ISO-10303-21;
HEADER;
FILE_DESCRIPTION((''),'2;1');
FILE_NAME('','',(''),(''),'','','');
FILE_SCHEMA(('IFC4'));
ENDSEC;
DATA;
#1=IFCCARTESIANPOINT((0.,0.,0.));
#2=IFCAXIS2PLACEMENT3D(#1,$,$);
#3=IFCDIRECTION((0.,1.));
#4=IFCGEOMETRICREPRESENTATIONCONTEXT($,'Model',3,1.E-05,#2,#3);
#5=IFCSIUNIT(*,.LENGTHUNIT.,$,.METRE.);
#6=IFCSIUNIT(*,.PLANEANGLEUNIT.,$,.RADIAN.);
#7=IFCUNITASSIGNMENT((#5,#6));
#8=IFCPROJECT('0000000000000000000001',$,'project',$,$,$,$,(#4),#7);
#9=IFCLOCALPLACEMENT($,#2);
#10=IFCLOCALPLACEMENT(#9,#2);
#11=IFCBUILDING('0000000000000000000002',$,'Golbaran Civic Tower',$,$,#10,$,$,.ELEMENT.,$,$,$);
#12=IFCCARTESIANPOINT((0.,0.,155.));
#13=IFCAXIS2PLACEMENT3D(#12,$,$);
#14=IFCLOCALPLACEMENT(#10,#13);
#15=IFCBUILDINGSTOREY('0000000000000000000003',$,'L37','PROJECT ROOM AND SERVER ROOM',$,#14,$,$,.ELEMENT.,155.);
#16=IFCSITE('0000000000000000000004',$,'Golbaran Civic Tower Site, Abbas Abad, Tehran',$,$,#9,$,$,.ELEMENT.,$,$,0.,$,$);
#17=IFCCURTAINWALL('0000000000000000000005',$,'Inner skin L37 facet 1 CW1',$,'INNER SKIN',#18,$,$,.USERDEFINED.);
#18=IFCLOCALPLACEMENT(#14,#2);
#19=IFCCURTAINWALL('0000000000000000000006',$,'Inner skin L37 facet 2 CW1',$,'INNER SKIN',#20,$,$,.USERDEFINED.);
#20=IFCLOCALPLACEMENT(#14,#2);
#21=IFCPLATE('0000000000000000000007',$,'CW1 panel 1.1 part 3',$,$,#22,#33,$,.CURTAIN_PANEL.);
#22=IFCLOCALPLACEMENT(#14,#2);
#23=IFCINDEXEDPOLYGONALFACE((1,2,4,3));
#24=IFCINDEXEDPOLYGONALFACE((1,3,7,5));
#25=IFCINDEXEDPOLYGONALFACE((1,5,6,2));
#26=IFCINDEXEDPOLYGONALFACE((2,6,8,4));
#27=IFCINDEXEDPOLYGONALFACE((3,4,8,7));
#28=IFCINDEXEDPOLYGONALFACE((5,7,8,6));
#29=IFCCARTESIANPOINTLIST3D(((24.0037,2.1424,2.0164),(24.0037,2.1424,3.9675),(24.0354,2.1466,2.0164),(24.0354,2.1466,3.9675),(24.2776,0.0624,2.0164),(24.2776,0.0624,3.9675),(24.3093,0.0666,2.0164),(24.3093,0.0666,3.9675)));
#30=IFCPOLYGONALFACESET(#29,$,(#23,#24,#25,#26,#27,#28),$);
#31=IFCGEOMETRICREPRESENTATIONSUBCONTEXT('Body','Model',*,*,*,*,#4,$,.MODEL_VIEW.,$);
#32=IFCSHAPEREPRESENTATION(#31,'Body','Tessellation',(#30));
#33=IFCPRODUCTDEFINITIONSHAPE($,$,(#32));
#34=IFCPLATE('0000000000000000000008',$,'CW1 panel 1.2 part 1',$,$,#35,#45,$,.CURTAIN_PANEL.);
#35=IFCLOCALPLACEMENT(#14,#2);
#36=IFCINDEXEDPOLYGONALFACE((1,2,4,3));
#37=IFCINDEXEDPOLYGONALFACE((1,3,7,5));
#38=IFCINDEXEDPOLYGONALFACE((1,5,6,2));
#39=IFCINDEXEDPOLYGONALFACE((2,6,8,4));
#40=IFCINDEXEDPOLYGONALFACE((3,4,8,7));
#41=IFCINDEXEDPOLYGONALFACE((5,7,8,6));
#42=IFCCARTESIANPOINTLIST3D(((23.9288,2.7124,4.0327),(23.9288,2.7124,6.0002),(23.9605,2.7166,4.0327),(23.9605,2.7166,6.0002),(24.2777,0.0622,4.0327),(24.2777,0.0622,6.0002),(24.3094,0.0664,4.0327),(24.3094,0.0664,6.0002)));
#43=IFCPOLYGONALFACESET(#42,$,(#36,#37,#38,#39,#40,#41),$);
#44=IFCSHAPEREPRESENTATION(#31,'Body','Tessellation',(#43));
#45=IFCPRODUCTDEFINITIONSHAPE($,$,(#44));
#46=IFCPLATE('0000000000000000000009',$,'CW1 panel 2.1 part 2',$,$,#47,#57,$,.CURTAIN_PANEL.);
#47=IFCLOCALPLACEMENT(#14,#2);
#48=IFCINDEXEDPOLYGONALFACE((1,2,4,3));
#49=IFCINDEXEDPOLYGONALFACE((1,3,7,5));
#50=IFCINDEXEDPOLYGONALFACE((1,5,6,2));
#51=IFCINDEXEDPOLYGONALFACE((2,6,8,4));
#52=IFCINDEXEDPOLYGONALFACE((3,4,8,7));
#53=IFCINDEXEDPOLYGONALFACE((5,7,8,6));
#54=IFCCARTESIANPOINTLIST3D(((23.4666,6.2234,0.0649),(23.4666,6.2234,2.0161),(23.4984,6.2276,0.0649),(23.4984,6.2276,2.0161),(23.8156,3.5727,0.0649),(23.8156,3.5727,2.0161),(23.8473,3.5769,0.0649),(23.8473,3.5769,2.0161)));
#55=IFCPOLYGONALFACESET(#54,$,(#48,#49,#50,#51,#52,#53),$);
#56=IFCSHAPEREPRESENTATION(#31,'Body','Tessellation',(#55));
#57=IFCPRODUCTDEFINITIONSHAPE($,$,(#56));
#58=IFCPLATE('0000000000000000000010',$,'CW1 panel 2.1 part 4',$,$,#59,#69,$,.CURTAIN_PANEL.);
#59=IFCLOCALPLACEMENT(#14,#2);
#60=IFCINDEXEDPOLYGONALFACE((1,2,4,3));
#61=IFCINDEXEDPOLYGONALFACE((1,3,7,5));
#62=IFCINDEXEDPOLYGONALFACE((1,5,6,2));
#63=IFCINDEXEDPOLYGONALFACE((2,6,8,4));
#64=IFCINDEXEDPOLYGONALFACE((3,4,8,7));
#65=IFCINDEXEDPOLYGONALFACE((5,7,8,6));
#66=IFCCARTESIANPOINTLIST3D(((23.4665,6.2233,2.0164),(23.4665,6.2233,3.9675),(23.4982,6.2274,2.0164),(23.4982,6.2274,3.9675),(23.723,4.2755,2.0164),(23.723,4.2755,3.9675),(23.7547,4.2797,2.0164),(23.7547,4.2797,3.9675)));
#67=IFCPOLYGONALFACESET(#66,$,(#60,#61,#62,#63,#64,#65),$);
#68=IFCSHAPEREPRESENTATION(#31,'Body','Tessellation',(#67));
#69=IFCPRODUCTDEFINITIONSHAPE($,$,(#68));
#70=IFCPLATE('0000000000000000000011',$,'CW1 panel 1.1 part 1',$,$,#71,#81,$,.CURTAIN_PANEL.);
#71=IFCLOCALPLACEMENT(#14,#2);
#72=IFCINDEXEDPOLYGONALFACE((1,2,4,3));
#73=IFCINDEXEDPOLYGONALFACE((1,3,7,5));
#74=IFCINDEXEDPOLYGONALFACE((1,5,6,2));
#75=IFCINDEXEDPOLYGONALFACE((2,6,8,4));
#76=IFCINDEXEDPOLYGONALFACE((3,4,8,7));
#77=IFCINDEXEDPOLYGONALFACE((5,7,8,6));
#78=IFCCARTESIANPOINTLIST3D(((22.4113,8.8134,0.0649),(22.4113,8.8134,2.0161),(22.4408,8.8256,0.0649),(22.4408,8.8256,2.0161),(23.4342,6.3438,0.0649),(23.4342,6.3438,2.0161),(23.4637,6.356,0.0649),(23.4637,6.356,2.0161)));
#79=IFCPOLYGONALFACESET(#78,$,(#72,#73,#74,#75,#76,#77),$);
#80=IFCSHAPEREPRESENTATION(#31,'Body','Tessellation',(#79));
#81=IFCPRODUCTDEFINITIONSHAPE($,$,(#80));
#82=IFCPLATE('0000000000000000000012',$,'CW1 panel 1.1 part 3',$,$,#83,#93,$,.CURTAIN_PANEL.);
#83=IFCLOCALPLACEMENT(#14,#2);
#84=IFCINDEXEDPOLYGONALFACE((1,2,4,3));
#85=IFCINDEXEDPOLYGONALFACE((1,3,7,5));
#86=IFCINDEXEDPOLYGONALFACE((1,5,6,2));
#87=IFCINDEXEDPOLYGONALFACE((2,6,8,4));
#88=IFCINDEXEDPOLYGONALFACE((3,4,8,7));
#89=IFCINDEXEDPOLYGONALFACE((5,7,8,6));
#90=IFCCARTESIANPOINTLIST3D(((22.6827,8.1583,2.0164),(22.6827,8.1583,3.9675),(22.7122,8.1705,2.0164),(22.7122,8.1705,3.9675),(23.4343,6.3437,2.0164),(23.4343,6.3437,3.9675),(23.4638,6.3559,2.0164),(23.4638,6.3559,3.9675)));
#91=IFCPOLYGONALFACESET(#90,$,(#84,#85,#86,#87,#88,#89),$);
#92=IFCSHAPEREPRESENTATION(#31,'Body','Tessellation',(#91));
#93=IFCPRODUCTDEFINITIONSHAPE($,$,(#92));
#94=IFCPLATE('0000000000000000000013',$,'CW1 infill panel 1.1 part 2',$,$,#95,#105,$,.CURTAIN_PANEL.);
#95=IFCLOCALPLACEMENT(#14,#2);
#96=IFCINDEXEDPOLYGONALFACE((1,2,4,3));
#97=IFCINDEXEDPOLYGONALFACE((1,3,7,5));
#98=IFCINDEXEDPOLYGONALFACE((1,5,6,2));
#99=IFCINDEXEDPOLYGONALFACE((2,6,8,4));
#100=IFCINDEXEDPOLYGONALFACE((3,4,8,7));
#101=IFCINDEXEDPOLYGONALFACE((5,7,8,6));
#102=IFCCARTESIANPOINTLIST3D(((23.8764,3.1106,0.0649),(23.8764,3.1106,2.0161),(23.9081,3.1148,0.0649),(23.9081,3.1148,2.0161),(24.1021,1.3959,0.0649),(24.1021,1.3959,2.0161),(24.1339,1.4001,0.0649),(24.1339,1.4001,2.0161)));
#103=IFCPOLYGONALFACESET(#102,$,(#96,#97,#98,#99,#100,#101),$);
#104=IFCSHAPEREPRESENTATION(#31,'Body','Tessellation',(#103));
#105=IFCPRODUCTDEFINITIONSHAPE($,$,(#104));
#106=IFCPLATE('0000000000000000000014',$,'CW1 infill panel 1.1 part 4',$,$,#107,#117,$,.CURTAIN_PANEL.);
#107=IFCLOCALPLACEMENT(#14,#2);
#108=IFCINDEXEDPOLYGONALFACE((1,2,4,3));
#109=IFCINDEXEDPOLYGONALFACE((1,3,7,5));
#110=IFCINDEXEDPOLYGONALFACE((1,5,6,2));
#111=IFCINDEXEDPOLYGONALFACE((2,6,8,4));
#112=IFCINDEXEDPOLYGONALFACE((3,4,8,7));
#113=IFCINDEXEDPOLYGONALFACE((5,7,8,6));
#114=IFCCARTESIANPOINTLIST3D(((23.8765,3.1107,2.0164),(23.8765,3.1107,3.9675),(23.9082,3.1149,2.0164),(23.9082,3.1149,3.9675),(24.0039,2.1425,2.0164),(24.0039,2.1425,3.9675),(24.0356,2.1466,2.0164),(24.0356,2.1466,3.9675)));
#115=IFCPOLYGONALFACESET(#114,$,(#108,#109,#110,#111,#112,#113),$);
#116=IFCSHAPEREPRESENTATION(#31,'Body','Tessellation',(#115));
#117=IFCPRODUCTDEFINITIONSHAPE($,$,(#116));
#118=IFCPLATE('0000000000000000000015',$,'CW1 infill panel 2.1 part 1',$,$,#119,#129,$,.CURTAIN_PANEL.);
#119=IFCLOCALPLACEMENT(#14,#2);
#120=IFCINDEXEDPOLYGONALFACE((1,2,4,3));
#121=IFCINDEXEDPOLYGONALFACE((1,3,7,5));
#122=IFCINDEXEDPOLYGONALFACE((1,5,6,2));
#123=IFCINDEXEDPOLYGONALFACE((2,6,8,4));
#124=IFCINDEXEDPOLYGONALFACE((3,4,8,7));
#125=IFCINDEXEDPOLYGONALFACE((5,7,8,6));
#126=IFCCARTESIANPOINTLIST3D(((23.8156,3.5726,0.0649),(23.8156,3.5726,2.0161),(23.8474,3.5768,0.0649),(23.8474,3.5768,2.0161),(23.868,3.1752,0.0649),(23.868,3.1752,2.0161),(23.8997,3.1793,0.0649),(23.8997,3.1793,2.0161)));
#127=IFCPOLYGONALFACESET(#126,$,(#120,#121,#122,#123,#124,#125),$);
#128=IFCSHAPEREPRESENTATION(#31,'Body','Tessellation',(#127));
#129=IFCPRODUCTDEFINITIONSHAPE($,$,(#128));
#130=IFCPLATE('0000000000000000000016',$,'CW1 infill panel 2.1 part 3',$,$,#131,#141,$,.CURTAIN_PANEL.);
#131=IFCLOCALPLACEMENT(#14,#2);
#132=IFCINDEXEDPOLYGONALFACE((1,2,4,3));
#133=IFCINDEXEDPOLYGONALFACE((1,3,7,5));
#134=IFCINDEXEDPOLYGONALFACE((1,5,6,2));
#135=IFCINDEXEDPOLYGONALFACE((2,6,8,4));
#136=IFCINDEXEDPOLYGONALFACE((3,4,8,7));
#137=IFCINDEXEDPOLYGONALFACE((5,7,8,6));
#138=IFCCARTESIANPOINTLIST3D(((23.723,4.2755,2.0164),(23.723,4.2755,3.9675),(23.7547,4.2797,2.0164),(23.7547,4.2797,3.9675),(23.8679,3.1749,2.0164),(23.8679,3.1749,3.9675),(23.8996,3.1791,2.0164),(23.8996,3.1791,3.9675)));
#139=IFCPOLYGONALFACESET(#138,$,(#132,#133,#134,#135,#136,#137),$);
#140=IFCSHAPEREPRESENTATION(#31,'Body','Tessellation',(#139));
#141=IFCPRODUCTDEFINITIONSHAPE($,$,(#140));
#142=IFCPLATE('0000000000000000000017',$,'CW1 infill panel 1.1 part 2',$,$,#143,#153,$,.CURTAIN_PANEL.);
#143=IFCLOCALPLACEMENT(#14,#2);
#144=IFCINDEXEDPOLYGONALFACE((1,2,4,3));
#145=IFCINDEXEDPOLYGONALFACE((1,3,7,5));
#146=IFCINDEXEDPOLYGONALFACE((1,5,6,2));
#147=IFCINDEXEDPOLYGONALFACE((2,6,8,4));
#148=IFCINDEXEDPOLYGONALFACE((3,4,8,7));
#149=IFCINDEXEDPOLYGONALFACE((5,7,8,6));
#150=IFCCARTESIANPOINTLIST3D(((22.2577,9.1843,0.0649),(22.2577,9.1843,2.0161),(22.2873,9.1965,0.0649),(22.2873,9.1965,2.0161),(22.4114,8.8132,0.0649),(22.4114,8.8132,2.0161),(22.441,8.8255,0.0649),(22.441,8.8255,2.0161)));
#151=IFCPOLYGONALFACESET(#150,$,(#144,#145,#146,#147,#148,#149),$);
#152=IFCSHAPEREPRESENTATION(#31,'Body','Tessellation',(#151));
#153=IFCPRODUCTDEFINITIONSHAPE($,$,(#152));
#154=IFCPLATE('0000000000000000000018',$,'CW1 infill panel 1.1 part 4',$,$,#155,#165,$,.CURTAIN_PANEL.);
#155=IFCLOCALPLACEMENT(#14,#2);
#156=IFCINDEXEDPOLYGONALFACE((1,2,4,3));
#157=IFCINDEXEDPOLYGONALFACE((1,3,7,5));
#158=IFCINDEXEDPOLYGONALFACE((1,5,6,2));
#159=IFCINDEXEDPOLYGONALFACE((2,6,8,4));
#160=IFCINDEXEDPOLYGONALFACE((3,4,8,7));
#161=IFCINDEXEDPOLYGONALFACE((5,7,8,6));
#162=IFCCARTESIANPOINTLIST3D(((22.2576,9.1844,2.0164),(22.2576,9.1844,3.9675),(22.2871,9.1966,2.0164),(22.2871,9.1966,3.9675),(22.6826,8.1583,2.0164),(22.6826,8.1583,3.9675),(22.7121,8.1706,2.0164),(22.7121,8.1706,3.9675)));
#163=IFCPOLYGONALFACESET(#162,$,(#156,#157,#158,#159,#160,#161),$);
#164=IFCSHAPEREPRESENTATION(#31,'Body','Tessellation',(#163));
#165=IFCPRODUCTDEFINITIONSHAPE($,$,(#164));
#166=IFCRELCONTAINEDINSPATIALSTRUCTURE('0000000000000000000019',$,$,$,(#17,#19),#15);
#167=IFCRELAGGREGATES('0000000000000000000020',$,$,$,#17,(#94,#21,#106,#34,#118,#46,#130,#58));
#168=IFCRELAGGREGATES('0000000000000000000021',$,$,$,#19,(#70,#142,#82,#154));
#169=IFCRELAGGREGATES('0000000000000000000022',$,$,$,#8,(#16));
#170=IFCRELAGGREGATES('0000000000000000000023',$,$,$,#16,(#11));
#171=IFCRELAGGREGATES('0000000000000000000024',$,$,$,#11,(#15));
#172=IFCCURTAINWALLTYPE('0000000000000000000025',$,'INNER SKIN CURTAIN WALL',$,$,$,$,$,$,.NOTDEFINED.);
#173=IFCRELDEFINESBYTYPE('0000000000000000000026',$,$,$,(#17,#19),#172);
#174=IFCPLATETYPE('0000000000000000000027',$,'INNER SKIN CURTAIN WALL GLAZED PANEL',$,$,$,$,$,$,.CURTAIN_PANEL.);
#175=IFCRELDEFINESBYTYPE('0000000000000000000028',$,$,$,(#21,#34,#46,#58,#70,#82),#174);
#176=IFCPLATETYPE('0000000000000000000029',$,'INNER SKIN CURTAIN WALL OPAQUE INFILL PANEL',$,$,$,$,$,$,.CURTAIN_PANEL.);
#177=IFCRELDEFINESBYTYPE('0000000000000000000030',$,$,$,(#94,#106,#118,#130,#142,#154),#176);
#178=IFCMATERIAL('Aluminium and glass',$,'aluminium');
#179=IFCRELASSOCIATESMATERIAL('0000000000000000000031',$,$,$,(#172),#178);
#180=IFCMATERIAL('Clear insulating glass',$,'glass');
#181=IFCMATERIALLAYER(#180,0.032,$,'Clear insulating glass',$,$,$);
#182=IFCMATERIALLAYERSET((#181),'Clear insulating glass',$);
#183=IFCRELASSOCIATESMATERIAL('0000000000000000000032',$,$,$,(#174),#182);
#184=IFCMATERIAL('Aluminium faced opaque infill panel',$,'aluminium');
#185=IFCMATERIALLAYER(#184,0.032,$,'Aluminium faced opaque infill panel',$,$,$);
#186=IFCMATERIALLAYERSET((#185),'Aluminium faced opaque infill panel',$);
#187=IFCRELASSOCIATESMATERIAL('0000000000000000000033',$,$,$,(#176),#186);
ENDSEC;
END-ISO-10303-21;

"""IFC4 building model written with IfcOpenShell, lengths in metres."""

from ifc_helpers import new_model, si_unit, direction, frame, origin, origin_2d, place, context, subcontext, project, spatial, rectangle, extrude, material, layer, layer_set, type_object, element, aggregate, save


model = new_model("IFC4")

# Units and contexts
model_context = context("Model", 3, precision=1e-05, world=origin(), true_north=direction((0.0, 1.0)))
body_context = subcontext(model_context, "Body", "Model", "MODEL_VIEW")
ifc_project = project(units=[si_unit("LENGTHUNIT", "METRE"), si_unit("PLANEANGLEUNIT", "RADIAN")], contexts=[model_context])

# Site, building, storey
site_placement = place(None, origin())
site = spatial("IfcSite", under=ifc_project, at=site_placement, Name="Golbaran Civic Tower Site, Abbas Abad, Tehran", CompositionType="ELEMENT", RefElevation=0.0)
building_placement = place(site_placement, origin())
building = spatial("IfcBuilding", under=site, at=building_placement, Name="Golbaran Civic Tower", CompositionType="ELEMENT")
storey_placement = place(building_placement, frame((0.0, 0.0, 155.0)))
storey = spatial("IfcBuildingStorey", under=building, at=storey_placement, Name="L37", Description="PROJECT ROOM AND SERVER ROOM", CompositionType="ELEMENT", Elevation=155.0)

# Curtain walls
ifc_material_1 = material(Name="Aluminium and glass", Category="aluminium")
curtain_wall_type = type_object("IfcCurtainWallType", Name="INNER SKIN CURTAIN WALL", PredefinedType="NOTDEFINED", material=ifc_material_1)
curtain_wall_1_placement = place(storey_placement, origin())
curtain_wall_1 = element("IfcCurtainWall", 1, at=curtain_wall_1_placement, inside=storey, type_object=curtain_wall_type, Name="Inner skin L37 facet 1 CW1", ObjectType="INNER SKIN", PredefinedType="USERDEFINED")
curtain_wall_2_placement = place(storey_placement, origin())
curtain_wall_2 = element("IfcCurtainWall", 2, at=curtain_wall_2_placement, inside=storey, type_object=curtain_wall_type, Name="Inner skin L37 facet 2 CW1", ObjectType="INNER SKIN", PredefinedType="USERDEFINED")

# Plates
ifc_material_2 = material(Name="Clear insulating glass", Category="glass")
ifc_layer_1 = layer(ifc_material_2, 0.032, Name="Clear insulating glass")
ifc_layer_set_1 = layer_set([ifc_layer_1], Name="Clear insulating glass")
plate_type_1 = type_object("IfcPlateType", Name="INNER SKIN CURTAIN WALL GLAZED PANEL", PredefinedType="CURTAIN_PANEL", material=ifc_layer_set_1)
plate_1_placement = place(storey_placement, frame((24.1565, 1.1045, 2.0164), z_axis=(0.0, 0.0, 1.0), x_axis=(-0.130526, 0.991445, 0.0)))
plate_1 = element("IfcPlate", 3, at=plate_1_placement, type_object=plate_type_1, Name="CW1 panel 1.1 part 3", PredefinedType="CURTAIN_PANEL", context=body_context, shape_type="SweptSolid", body=[
    extrude(rectangle(XDim=2.0979, YDim=0.032, at=origin_2d()), origin(), (0.0, 0.0, 1.0), 1.9512),
])
plate_2_placement = place(storey_placement, frame((24.1191, 1.3894, 4.0327), z_axis=(0.0, 0.0, 1.0), x_axis=(-0.130526, 0.991445, 0.0)))
plate_2 = element("IfcPlate", 4, at=plate_2_placement, type_object=plate_type_1, Name="CW1 panel 1.2 part 1", PredefinedType="CURTAIN_PANEL", context=body_context, shape_type="SweptSolid", body=[
    extrude(rectangle(XDim=2.6731, YDim=0.032, at=origin_2d()), origin(), (0.0, 0.0, 1.0), 1.9675),
])
plate_3_placement = place(storey_placement, frame((23.657, 4.9001, 0.0649), z_axis=(0.0, 0.0, 1.0), x_axis=(-0.130526, 0.991445, 0.0)))
plate_3 = element("IfcPlate", 5, at=plate_3_placement, type_object=plate_type_1, Name="CW1 panel 2.1 part 2", PredefinedType="CURTAIN_PANEL", context=body_context, shape_type="SweptSolid", body=[
    extrude(rectangle(XDim=2.6736, YDim=0.032, at=origin_2d()), origin(), (0.0, 0.0, 1.0), 1.9512),
])
plate_4_placement = place(storey_placement, frame((23.6106, 5.2515, 2.0164), z_axis=(0.0, 0.0, 1.0), x_axis=(-0.130526, 0.991445, 0.0)))
plate_4 = element("IfcPlate", 6, at=plate_4_placement, type_object=plate_type_1, Name="CW1 panel 2.1 part 4", PredefinedType="CURTAIN_PANEL", context=body_context, shape_type="SweptSolid", body=[
    extrude(rectangle(XDim=1.9646, YDim=0.032, at=origin_2d()), origin(), (0.0, 0.0, 1.0), 1.9512),
])
plate_5_placement = place(storey_placement, frame((22.9375, 7.5847, 0.0649), z_axis=(0.0, 0.0, 1.0), x_axis=(-0.382683, 0.92388, 0.0)))
plate_5 = element("IfcPlate", 7, at=plate_5_placement, type_object=plate_type_1, Name="CW1 panel 1.1 part 1", PredefinedType="CURTAIN_PANEL", context=body_context, shape_type="SweptSolid", body=[
    extrude(rectangle(XDim=2.6731, YDim=0.032, at=origin_2d()), origin(), (0.0, 0.0, 1.0), 1.9512),
])
plate_6_placement = place(storey_placement, frame((23.0732, 7.2571, 2.0164), z_axis=(0.0, 0.0, 1.0), x_axis=(-0.382683, 0.92388, 0.0)))
plate_6 = element("IfcPlate", 8, at=plate_6_placement, type_object=plate_type_1, Name="CW1 panel 1.1 part 3", PredefinedType="CURTAIN_PANEL", context=body_context, shape_type="SweptSolid", body=[
    extrude(rectangle(XDim=1.9641, YDim=0.032, at=origin_2d()), origin(), (0.0, 0.0, 1.0), 1.9512),
])
ifc_material_3 = material(Name="Aluminium faced opaque infill panel", Category="aluminium")
ifc_layer_2 = layer(ifc_material_3, 0.032, Name="Aluminium faced opaque infill panel")
ifc_layer_set_2 = layer_set([ifc_layer_2], Name="Aluminium faced opaque infill panel")
plate_type_2 = type_object("IfcPlateType", Name="INNER SKIN CURTAIN WALL OPAQUE INFILL PANEL", PredefinedType="CURTAIN_PANEL", material=ifc_layer_set_2)
plate_7_placement = place(storey_placement, frame((24.0051, 2.2554, 0.0649), z_axis=(0.0, 0.0, 1.0), x_axis=(-0.130526, 0.991445, 0.0)))
plate_7 = element("IfcPlate", 9, at=plate_7_placement, type_object=plate_type_2, Name="CW1 infill panel 1.1 part 2", PredefinedType="CURTAIN_PANEL", context=body_context, shape_type="SweptSolid", body=[
    extrude(rectangle(XDim=1.7295, YDim=0.032, at=origin_2d()), origin(), (0.0, 0.0, 1.0), 1.9512),
])
plate_8_placement = place(storey_placement, frame((23.9561, 2.6287, 2.0164), z_axis=(0.0, 0.0, 1.0), x_axis=(-0.130526, 0.991445, 0.0)))
plate_8 = element("IfcPlate", 10, at=plate_8_placement, type_object=plate_type_2, Name="CW1 infill panel 1.1 part 4", PredefinedType="CURTAIN_PANEL", context=body_context, shape_type="SweptSolid", body=[
    extrude(rectangle(XDim=0.9766, YDim=0.032, at=origin_2d()), origin(), (0.0, 0.0, 1.0), 1.9512),
])
plate_9_placement = place(storey_placement, frame((23.8577, 3.376, 0.0649), z_axis=(0.0, 0.0, 1.0), x_axis=(-0.130526, 0.991445, 0.0)))
plate_9 = element("IfcPlate", 11, at=plate_9_placement, type_object=plate_type_2, Name="CW1 infill panel 2.1 part 1", PredefinedType="CURTAIN_PANEL", context=body_context, shape_type="SweptSolid", body=[
    extrude(rectangle(XDim=0.4009, YDim=0.032, at=origin_2d()), origin(), (0.0, 0.0, 1.0), 1.9512),
])
plate_10_placement = place(storey_placement, frame((23.8113, 3.7273, 2.0164), z_axis=(0.0, 0.0, 1.0), x_axis=(-0.130526, 0.991445, 0.0)))
plate_10 = element("IfcPlate", 12, at=plate_10_placement, type_object=plate_type_2, Name="CW1 infill panel 2.1 part 3", PredefinedType="CURTAIN_PANEL", context=body_context, shape_type="SweptSolid", body=[
    extrude(rectangle(XDim=1.1101, YDim=0.032, at=origin_2d()), origin(), (0.0, 0.0, 1.0), 1.9512),
])
aggregate(curtain_wall_1, [plate_7, plate_1, plate_8, plate_2, plate_9, plate_3, plate_10, plate_4])
plate_11_placement = place(storey_placement, frame((22.3494, 9.0049, 0.0649), z_axis=(0.0, 0.0, 1.0), x_axis=(-0.382683, 0.92388, 0.0)))
plate_11 = element("IfcPlate", 13, at=plate_11_placement, type_object=plate_type_2, Name="CW1 infill panel 1.1 part 2", PredefinedType="CURTAIN_PANEL", context=body_context, shape_type="SweptSolid", body=[
    extrude(rectangle(XDim=0.4016, YDim=0.032, at=origin_2d()), origin(), (0.0, 0.0, 1.0), 1.9512),
])
plate_12_placement = place(storey_placement, frame((22.4849, 8.6775, 2.0164), z_axis=(0.0, 0.0, 1.0), x_axis=(-0.382683, 0.92388, 0.0)))
plate_12 = element("IfcPlate", 14, at=plate_12_placement, type_object=plate_type_2, Name="CW1 infill panel 1.1 part 4", PredefinedType="CURTAIN_PANEL", context=body_context, shape_type="SweptSolid", body=[
    extrude(rectangle(XDim=1.1106, YDim=0.032, at=origin_2d()), origin(), (0.0, 0.0, 1.0), 1.9512),
])
aggregate(curtain_wall_2, [plate_5, plate_11, plate_6, plate_12])

save(model, "model.ifc")
